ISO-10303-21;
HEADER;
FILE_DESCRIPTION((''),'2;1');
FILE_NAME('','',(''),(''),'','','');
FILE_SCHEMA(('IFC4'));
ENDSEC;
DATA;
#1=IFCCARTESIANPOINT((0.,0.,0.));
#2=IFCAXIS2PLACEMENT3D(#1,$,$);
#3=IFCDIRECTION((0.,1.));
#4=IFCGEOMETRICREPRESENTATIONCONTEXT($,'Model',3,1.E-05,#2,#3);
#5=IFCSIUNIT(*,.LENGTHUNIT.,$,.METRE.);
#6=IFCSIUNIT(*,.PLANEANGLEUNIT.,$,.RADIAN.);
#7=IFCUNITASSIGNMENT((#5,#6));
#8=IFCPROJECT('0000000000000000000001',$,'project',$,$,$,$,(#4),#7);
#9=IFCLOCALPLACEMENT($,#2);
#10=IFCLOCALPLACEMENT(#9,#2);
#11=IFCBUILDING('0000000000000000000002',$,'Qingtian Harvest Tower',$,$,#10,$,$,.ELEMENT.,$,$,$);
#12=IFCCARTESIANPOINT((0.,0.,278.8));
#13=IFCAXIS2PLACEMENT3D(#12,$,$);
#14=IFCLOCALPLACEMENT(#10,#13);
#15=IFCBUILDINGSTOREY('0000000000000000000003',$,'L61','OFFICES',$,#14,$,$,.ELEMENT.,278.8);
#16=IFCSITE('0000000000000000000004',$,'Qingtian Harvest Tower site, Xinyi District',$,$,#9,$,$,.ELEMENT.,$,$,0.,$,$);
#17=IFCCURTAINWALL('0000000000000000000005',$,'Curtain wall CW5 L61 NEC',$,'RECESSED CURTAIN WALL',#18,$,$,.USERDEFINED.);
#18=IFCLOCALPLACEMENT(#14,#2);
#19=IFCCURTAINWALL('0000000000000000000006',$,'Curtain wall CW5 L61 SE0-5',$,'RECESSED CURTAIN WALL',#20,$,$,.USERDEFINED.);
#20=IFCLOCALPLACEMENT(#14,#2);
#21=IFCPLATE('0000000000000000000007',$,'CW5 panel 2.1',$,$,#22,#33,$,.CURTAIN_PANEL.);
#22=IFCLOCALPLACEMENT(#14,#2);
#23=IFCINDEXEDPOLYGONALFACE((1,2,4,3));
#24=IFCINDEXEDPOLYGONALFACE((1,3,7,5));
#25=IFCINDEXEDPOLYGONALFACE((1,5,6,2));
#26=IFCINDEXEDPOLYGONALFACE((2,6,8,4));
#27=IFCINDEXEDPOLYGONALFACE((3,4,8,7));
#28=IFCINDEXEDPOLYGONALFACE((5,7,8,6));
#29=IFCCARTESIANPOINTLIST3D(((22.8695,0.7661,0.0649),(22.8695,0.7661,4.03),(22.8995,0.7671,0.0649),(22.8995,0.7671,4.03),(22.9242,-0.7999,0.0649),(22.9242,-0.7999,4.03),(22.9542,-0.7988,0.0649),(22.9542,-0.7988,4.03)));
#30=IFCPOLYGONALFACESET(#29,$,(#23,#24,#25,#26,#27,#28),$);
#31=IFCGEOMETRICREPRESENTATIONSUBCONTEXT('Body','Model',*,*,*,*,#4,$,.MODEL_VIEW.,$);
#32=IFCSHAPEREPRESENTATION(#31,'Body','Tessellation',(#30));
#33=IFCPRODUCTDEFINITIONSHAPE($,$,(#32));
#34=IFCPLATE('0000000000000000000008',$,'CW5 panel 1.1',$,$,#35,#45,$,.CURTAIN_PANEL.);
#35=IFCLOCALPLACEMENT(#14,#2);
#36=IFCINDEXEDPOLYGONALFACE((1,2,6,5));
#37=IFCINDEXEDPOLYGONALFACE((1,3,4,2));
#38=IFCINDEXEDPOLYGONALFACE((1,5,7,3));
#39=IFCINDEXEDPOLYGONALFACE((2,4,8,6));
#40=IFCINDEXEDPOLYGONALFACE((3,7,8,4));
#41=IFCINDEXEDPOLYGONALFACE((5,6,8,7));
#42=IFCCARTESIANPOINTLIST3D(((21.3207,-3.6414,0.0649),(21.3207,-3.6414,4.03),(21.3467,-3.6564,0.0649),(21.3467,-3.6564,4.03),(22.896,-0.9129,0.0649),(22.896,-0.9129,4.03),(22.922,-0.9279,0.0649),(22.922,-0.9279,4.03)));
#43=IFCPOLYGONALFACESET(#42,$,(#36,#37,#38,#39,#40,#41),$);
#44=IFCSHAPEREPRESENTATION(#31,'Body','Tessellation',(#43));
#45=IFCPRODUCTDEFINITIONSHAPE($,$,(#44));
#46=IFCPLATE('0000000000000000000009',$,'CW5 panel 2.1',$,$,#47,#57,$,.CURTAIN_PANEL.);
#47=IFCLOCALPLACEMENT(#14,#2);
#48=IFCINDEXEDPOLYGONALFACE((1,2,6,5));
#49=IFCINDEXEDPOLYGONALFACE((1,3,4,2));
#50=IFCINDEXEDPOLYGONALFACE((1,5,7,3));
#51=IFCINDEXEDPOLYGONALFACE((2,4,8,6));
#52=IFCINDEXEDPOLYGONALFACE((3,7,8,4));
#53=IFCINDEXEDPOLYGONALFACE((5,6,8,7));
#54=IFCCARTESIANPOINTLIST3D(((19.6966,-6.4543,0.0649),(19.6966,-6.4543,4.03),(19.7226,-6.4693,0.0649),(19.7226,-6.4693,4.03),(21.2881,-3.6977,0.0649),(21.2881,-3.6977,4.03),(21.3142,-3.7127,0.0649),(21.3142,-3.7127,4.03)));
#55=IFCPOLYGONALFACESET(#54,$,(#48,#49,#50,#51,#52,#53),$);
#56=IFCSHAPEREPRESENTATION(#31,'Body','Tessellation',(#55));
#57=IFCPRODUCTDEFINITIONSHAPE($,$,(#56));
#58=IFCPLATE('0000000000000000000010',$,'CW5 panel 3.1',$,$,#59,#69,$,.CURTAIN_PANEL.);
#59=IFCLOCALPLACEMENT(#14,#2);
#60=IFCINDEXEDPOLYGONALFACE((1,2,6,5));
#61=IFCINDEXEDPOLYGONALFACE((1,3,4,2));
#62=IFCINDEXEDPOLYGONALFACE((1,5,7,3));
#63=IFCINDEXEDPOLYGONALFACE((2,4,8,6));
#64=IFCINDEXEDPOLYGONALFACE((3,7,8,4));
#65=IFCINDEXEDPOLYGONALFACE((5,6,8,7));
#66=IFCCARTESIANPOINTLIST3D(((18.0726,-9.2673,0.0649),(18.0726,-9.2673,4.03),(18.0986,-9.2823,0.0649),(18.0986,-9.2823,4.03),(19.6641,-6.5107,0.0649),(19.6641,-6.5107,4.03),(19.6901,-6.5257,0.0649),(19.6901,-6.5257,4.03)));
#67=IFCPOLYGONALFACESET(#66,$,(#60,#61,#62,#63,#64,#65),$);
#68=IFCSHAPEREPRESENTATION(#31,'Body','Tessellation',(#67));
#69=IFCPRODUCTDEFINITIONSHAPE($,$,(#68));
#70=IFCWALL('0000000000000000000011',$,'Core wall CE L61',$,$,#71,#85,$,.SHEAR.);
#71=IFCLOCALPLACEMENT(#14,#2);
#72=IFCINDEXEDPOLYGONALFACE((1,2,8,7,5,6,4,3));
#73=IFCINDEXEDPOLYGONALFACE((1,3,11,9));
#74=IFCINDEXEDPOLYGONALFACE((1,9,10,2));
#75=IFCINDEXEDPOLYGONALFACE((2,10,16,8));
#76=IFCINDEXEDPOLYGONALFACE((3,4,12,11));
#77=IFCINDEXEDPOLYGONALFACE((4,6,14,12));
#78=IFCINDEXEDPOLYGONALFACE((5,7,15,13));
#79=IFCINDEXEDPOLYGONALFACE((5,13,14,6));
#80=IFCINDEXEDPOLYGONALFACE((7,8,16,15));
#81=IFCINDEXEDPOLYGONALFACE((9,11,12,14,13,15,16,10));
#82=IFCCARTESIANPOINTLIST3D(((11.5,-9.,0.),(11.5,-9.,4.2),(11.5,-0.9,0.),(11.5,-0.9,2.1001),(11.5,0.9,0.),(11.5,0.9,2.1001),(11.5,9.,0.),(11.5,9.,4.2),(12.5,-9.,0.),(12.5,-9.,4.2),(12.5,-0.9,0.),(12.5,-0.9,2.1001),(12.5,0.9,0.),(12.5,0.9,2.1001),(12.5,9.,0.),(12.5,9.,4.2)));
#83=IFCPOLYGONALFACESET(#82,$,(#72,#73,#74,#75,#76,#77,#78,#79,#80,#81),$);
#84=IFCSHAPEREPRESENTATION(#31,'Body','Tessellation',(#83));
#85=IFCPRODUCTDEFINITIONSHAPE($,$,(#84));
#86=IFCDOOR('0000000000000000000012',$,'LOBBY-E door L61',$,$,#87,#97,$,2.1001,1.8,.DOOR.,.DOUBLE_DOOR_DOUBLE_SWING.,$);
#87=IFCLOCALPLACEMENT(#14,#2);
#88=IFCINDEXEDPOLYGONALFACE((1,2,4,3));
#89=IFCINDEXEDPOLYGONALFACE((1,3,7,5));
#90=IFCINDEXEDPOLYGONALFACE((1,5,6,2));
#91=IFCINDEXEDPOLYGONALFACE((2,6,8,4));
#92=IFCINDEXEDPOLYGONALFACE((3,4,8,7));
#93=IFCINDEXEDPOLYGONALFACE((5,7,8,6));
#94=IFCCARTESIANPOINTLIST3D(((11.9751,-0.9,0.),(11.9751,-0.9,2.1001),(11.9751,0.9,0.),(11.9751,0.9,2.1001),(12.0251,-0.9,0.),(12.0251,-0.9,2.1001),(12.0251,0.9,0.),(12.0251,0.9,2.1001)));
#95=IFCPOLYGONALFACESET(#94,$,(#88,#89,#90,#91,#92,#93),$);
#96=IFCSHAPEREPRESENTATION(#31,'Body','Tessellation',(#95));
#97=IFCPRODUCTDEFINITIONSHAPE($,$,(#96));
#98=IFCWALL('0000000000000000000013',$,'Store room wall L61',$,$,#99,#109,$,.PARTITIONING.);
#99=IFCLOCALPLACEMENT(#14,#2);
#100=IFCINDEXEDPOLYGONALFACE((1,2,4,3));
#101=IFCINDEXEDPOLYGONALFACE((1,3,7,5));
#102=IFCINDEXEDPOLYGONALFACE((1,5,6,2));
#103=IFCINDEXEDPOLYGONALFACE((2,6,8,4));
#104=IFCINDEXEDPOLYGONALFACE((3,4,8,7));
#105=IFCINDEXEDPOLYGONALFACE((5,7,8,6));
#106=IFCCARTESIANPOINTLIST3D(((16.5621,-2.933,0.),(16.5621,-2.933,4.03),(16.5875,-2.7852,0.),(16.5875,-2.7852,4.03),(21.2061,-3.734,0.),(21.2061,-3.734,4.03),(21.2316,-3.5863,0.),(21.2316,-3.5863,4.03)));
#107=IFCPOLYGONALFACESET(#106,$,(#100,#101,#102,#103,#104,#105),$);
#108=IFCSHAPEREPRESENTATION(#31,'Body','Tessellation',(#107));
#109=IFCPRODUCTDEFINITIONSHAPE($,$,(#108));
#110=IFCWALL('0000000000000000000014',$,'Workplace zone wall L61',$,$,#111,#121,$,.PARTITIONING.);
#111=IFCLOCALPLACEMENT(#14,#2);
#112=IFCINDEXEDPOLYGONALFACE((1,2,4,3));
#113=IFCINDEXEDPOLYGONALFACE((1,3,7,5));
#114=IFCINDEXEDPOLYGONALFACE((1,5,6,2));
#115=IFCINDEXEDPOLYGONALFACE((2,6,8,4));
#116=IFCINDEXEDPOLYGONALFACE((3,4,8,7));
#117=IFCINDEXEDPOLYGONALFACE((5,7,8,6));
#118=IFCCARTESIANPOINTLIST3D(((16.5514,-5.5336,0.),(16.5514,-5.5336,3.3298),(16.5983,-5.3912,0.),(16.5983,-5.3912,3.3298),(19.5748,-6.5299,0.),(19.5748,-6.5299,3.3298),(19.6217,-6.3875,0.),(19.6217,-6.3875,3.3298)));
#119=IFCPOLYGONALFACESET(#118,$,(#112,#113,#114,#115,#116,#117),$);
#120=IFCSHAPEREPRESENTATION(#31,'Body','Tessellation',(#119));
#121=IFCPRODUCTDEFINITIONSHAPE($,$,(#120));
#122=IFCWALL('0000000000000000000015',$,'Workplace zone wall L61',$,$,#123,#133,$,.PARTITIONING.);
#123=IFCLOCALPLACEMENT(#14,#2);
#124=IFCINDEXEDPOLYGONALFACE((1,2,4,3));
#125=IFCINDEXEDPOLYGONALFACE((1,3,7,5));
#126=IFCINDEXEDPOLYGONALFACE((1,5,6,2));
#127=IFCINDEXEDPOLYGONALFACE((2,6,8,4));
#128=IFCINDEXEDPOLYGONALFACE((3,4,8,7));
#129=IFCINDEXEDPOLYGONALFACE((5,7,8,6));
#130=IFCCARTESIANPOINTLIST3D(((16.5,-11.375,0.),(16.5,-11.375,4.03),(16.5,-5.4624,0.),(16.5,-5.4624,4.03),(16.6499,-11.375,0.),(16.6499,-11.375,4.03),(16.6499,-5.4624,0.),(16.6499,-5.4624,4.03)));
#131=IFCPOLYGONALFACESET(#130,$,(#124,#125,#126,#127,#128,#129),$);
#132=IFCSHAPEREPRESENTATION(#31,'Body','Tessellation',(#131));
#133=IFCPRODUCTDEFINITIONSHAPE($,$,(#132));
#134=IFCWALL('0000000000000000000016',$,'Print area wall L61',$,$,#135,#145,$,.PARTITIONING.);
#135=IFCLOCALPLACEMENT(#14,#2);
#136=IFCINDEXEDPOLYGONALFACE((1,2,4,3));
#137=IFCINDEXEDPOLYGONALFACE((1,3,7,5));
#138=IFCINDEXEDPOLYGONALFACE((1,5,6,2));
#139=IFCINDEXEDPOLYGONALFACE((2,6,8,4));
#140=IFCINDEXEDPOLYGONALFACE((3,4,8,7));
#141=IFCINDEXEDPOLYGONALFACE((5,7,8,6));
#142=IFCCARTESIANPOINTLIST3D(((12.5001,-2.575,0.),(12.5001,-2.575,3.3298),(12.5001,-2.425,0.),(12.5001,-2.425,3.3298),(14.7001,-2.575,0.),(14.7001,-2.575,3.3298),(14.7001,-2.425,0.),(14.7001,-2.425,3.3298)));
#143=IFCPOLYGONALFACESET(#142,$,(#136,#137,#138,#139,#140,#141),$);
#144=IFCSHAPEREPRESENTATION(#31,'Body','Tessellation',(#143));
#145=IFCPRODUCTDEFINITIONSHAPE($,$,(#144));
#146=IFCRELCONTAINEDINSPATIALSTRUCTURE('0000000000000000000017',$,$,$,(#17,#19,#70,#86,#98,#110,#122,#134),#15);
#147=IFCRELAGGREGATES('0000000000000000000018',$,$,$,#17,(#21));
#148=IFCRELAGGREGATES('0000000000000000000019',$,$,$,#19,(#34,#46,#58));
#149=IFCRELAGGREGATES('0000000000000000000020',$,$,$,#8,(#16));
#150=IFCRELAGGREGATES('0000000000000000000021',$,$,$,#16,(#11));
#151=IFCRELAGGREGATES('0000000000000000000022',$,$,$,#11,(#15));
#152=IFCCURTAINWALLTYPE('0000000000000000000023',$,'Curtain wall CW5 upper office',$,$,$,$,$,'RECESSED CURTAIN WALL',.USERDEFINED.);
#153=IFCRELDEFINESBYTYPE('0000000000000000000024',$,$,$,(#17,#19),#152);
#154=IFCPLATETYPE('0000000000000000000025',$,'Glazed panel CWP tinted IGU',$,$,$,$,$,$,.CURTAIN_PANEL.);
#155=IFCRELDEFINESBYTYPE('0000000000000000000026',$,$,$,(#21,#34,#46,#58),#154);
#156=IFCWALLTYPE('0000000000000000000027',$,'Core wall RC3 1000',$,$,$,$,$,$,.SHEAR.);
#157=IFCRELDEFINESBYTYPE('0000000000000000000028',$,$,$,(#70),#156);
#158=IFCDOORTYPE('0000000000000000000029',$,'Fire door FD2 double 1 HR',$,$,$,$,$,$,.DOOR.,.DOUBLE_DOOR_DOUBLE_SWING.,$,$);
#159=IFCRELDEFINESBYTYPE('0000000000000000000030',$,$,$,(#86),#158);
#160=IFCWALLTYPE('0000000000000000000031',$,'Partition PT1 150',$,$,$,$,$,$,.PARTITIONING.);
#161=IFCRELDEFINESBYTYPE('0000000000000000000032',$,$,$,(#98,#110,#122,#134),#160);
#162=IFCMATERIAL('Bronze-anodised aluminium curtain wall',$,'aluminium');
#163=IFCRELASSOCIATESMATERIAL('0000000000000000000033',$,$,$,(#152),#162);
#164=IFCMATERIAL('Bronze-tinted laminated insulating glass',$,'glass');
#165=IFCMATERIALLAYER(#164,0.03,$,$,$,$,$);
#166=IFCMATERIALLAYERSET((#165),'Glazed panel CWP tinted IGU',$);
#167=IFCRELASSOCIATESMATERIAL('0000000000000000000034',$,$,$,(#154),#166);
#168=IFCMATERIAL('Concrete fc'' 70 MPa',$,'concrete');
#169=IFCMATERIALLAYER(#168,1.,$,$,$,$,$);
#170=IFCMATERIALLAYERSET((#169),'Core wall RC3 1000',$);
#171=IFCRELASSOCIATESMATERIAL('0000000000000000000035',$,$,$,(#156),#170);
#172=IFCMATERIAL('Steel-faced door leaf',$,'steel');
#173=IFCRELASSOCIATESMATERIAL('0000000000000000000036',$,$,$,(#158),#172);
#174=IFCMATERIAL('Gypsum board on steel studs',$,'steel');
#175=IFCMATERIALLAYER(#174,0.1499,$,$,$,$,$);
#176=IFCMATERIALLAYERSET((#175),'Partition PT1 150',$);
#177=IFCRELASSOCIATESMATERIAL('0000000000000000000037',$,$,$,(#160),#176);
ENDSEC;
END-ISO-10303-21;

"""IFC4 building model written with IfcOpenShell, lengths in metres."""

from ifc_helpers import new_model, si_unit, direction, frame, frame_2d, origin, origin_2d, place, context, subcontext, project, spatial, rectangle, extrude, material, layer, layer_set, type_object, element, fill, aggregate, save


model = new_model("IFC4")

# Units and contexts
model_context = context("Model", 3, precision=1e-05, world=origin(), true_north=direction((0.0, 1.0)))
body_context = subcontext(model_context, "Body", "Model", "MODEL_VIEW")
ifc_project = project(units=[si_unit("LENGTHUNIT", "METRE"), si_unit("PLANEANGLEUNIT", "RADIAN")], contexts=[model_context])

# Site, building, storey
site_placement = place(None, origin())
site = spatial("IfcSite", under=ifc_project, at=site_placement, Name="Qingtian Harvest Tower site, Xinyi District", CompositionType="ELEMENT", RefElevation=0.0)
building_placement = place(site_placement, origin())
building = spatial("IfcBuilding", under=site, at=building_placement, Name="Qingtian Harvest Tower", CompositionType="ELEMENT")
storey_placement = place(building_placement, frame((0.0, 0.0, 278.8)))
storey = spatial("IfcBuildingStorey", under=building, at=storey_placement, Name="L61", Description="OFFICES", CompositionType="ELEMENT", Elevation=278.8)

# Curtain wall
ifc_material_1 = material(Name="Bronze-anodised aluminium curtain wall", Category="aluminium")
curtain_wall_type = type_object("IfcCurtainWallType", Name="Curtain wall CW5 upper office", ElementType="RECESSED CURTAIN WALL", PredefinedType="USERDEFINED", material=ifc_material_1)
curtain_wall_1_placement = place(storey_placement, origin())
curtain_wall_1 = element("IfcCurtainWall", 1, at=curtain_wall_1_placement, inside=storey, type_object=curtain_wall_type, Name="Curtain wall CW5 L61 NEC", ObjectType="RECESSED CURTAIN WALL", PredefinedType="USERDEFINED")

# Curtain wall
curtain_wall_2_placement = place(storey_placement, origin())
curtain_wall_2 = element("IfcCurtainWall", 2, at=curtain_wall_2_placement, inside=storey, type_object=curtain_wall_type, Name="Curtain wall CW5 L61 SE0-5", ObjectType="RECESSED CURTAIN WALL", PredefinedType="USERDEFINED")

# Plates
ifc_material_2 = material(Name="Bronze-tinted laminated insulating glass", Category="glass")
ifc_layer_1 = layer(ifc_material_2, 0.03)
ifc_layer_set_1 = layer_set([ifc_layer_1], Name="Glazed panel CWP tinted IGU")
plate_type = type_object("IfcPlateType", Name="Glazed panel CWP tinted IGU", PredefinedType="CURTAIN_PANEL", material=ifc_layer_set_1)
plate_1_placement = place(storey_placement, frame((22.9119, -0.0164, 0.0649), z_axis=(0.0, 0.0, 1.0), x_axis=(0.034899, -0.999391, 0.0)))
plate_1 = element("IfcPlate", 3, at=plate_1_placement, type_object=plate_type, Name="CW5 panel 2.1", PredefinedType="CURTAIN_PANEL", context=body_context, shape_type="SweptSolid", body=[
    extrude(rectangle(XDim=1.5669, YDim=0.03, at=origin_2d()), origin(), (0.0, 0.0, 1.0), 3.9651),
])
aggregate(curtain_wall_1, [plate_1])
plate_2_placement = place(storey_placement, frame((22.1213, -2.2847, 0.0649), z_axis=(0.0, 0.0, 1.0), x_axis=(-0.5, -0.866025, 0.0)))
plate_2 = element("IfcPlate", 4, at=plate_2_placement, type_object=plate_type, Name="CW5 panel 1.1", PredefinedType="CURTAIN_PANEL", context=body_context, shape_type="SweptSolid", body=[
    extrude(rectangle(XDim=3.1506, YDim=0.03, at=origin_2d()), origin(), (0.0, 0.0, 1.0), 3.9651),
])
plate_3_placement = place(storey_placement, frame((20.5054, -5.0835, 0.0649), z_axis=(0.0, 0.0, 1.0), x_axis=(-0.5, -0.866025, 0.0)))
plate_3 = element("IfcPlate", 5, at=plate_3_placement, type_object=plate_type, Name="CW5 panel 2.1", PredefinedType="CURTAIN_PANEL", context=body_context, shape_type="SweptSolid", body=[
    extrude(rectangle(XDim=3.1831, YDim=0.03, at=origin_2d()), origin(), (0.0, 0.0, 1.0), 3.9651),
])
plate_4_placement = place(storey_placement, frame((18.8813, -7.8965, 0.0649), z_axis=(0.0, 0.0, 1.0), x_axis=(-0.5, -0.866025, 0.0)))
plate_4 = element("IfcPlate", 6, at=plate_4_placement, type_object=plate_type, Name="CW5 panel 3.1", PredefinedType="CURTAIN_PANEL", context=body_context, shape_type="SweptSolid", body=[
    extrude(rectangle(XDim=3.1831, YDim=0.03, at=origin_2d()), origin(), (0.0, 0.0, 1.0), 3.9651),
])
aggregate(curtain_wall_2, [plate_2, plate_3, plate_4])

# Wall, opening, door
ifc_material_3 = material(Name="Concrete fc' 70 MPa", Category="concrete")
ifc_layer_2 = layer(ifc_material_3, 1.0)
ifc_layer_set_2 = layer_set([ifc_layer_2], Name="Core wall RC3 1000")
wall_type_1 = type_object("IfcWallType", Name="Core wall RC3 1000", PredefinedType="SHEAR", material=ifc_layer_set_2)
wall_1_placement = place(storey_placement, frame((12.0, -9.0, 0.0), z_axis=(0.0, 0.0, 1.0), x_axis=(0.0, 1.0, 0.0)))
wall_1 = element("IfcWall", 7, at=wall_1_placement, inside=storey, type_object=wall_type_1, Name="Core wall CE L61", PredefinedType="SHEAR", context=body_context, shape_type="SweptSolid", body=[
    extrude(rectangle(XDim=18.0, YDim=1.0, at=frame_2d((9.0, 0.0))), origin(), (0.0, 0.0, 1.0), 4.2),
])
opening_1_placement = place(wall_1_placement, frame((8.1001, 0.0, 0.0)))
opening_1 = element("IfcOpeningElement", 8, at=opening_1_placement, cuts=wall_1, PredefinedType="OPENING", context=body_context, shape_type="SweptSolid", body=[
    extrude(rectangle(XDim=1.8, YDim=2.1001, at=frame_2d((0.8999, 1.05))), frame((0.0, 0.51, 0.0), z_axis=(0.0, -1.0, 0.0), x_axis=(1.0, 0.0, 0.0)), (0.0, 0.0, 1.0), 1.02),
])
ifc_material_4 = material(Name="Steel-faced door leaf", Category="steel")
door_type_1 = type_object("IfcDoorType", Name="Fire door FD2 double 1 HR", OperationType="DOUBLE_DOOR_DOUBLE_SWING", PredefinedType="DOOR", material=ifc_material_4)
door_1_placement = place(opening_1_placement, origin())
door_1 = element("IfcDoor", 9, at=door_1_placement, inside=storey, type_object=door_type_1, Name="LOBBY-E door L61", OperationType="DOUBLE_DOOR_DOUBLE_SWING", OverallHeight=2.1001, OverallWidth=1.8, PredefinedType="DOOR", context=body_context, shape_type="SweptSolid", body=[
    extrude(rectangle(XDim=1.8, YDim=2.1001, at=frame_2d((0.8999, 1.05))), frame((0.0, 0.0249, 0.0), z_axis=(0.0, -1.0, 0.0), x_axis=(1.0, 0.0, 0.0)), (0.0, 0.0, 1.0), 0.05),
])
fill(opening_1, door_1)

# Wall
ifc_material_5 = material(Name="Gypsum board on steel studs", Category="steel")
ifc_layer_3 = layer(ifc_material_5, 0.1499)
ifc_layer_set_3 = layer_set([ifc_layer_3], Name="Partition PT1 150")
wall_type_2 = type_object("IfcWallType", Name="Partition PT1 150", PredefinedType="PARTITIONING", material=ifc_layer_set_3)
wall_2_placement = place(storey_placement, frame((21.219, -3.6602, 0.0), z_axis=(0.0, 0.0, 1.0), x_axis=(-0.985448, 0.169975, 0.0)))
element("IfcWall", 10, at=wall_2_placement, inside=storey, type_object=wall_type_2, Name="Store room wall L61", PredefinedType="PARTITIONING", context=body_context, shape_type="SweptSolid", body=[
    extrude(rectangle(XDim=4.7126, YDim=0.1499, at=frame_2d((2.3564, 0.0))), origin(), (0.0, 0.0, 1.0), 4.03),
])

# Walls
wall_3_placement = place(storey_placement, frame((19.5984, -6.4587, 0.0), z_axis=(0.0, 0.0, 1.0), x_axis=(-0.949759, 0.312982, 0.0)))
element("IfcWall", 11, at=wall_3_placement, inside=storey, type_object=wall_type_2, Name="Workplace zone wall L61", PredefinedType="PARTITIONING", context=body_context, shape_type="SweptSolid", body=[
    extrude(rectangle(XDim=3.1833, YDim=0.1499, at=frame_2d((1.5918, 0.0))), origin(), (0.0, 0.0, 1.0), 3.3298),
])
wall_4_placement = place(storey_placement, frame((16.575, -5.4624, 0.0), z_axis=(0.0, 0.0, 1.0), x_axis=(0.0, -1.0, 0.0)))
element("IfcWall", 12, at=wall_4_placement, inside=storey, type_object=wall_type_2, Name="Workplace zone wall L61", PredefinedType="PARTITIONING", context=body_context, shape_type="SweptSolid", body=[
    extrude(rectangle(XDim=5.9126, YDim=0.1499, at=frame_2d((2.9563, 0.0))), origin(), (0.0, 0.0, 1.0), 4.03),
])
wall_5_placement = place(storey_placement, frame((12.5, -2.5, 0.0), z_axis=(0.0, 0.0, 1.0), x_axis=(1.0, 0.0, 0.0)))
element("IfcWall", 13, at=wall_5_placement, inside=storey, type_object=wall_type_2, Name="Print area wall L61", PredefinedType="PARTITIONING", context=body_context, shape_type="SweptSolid", body=[
    extrude(rectangle(XDim=2.2, YDim=0.1499, at=frame_2d((1.1001, 0.0))), origin(), (0.0, 0.0, 1.0), 3.3298),
])

save(model, "model.ifc")
